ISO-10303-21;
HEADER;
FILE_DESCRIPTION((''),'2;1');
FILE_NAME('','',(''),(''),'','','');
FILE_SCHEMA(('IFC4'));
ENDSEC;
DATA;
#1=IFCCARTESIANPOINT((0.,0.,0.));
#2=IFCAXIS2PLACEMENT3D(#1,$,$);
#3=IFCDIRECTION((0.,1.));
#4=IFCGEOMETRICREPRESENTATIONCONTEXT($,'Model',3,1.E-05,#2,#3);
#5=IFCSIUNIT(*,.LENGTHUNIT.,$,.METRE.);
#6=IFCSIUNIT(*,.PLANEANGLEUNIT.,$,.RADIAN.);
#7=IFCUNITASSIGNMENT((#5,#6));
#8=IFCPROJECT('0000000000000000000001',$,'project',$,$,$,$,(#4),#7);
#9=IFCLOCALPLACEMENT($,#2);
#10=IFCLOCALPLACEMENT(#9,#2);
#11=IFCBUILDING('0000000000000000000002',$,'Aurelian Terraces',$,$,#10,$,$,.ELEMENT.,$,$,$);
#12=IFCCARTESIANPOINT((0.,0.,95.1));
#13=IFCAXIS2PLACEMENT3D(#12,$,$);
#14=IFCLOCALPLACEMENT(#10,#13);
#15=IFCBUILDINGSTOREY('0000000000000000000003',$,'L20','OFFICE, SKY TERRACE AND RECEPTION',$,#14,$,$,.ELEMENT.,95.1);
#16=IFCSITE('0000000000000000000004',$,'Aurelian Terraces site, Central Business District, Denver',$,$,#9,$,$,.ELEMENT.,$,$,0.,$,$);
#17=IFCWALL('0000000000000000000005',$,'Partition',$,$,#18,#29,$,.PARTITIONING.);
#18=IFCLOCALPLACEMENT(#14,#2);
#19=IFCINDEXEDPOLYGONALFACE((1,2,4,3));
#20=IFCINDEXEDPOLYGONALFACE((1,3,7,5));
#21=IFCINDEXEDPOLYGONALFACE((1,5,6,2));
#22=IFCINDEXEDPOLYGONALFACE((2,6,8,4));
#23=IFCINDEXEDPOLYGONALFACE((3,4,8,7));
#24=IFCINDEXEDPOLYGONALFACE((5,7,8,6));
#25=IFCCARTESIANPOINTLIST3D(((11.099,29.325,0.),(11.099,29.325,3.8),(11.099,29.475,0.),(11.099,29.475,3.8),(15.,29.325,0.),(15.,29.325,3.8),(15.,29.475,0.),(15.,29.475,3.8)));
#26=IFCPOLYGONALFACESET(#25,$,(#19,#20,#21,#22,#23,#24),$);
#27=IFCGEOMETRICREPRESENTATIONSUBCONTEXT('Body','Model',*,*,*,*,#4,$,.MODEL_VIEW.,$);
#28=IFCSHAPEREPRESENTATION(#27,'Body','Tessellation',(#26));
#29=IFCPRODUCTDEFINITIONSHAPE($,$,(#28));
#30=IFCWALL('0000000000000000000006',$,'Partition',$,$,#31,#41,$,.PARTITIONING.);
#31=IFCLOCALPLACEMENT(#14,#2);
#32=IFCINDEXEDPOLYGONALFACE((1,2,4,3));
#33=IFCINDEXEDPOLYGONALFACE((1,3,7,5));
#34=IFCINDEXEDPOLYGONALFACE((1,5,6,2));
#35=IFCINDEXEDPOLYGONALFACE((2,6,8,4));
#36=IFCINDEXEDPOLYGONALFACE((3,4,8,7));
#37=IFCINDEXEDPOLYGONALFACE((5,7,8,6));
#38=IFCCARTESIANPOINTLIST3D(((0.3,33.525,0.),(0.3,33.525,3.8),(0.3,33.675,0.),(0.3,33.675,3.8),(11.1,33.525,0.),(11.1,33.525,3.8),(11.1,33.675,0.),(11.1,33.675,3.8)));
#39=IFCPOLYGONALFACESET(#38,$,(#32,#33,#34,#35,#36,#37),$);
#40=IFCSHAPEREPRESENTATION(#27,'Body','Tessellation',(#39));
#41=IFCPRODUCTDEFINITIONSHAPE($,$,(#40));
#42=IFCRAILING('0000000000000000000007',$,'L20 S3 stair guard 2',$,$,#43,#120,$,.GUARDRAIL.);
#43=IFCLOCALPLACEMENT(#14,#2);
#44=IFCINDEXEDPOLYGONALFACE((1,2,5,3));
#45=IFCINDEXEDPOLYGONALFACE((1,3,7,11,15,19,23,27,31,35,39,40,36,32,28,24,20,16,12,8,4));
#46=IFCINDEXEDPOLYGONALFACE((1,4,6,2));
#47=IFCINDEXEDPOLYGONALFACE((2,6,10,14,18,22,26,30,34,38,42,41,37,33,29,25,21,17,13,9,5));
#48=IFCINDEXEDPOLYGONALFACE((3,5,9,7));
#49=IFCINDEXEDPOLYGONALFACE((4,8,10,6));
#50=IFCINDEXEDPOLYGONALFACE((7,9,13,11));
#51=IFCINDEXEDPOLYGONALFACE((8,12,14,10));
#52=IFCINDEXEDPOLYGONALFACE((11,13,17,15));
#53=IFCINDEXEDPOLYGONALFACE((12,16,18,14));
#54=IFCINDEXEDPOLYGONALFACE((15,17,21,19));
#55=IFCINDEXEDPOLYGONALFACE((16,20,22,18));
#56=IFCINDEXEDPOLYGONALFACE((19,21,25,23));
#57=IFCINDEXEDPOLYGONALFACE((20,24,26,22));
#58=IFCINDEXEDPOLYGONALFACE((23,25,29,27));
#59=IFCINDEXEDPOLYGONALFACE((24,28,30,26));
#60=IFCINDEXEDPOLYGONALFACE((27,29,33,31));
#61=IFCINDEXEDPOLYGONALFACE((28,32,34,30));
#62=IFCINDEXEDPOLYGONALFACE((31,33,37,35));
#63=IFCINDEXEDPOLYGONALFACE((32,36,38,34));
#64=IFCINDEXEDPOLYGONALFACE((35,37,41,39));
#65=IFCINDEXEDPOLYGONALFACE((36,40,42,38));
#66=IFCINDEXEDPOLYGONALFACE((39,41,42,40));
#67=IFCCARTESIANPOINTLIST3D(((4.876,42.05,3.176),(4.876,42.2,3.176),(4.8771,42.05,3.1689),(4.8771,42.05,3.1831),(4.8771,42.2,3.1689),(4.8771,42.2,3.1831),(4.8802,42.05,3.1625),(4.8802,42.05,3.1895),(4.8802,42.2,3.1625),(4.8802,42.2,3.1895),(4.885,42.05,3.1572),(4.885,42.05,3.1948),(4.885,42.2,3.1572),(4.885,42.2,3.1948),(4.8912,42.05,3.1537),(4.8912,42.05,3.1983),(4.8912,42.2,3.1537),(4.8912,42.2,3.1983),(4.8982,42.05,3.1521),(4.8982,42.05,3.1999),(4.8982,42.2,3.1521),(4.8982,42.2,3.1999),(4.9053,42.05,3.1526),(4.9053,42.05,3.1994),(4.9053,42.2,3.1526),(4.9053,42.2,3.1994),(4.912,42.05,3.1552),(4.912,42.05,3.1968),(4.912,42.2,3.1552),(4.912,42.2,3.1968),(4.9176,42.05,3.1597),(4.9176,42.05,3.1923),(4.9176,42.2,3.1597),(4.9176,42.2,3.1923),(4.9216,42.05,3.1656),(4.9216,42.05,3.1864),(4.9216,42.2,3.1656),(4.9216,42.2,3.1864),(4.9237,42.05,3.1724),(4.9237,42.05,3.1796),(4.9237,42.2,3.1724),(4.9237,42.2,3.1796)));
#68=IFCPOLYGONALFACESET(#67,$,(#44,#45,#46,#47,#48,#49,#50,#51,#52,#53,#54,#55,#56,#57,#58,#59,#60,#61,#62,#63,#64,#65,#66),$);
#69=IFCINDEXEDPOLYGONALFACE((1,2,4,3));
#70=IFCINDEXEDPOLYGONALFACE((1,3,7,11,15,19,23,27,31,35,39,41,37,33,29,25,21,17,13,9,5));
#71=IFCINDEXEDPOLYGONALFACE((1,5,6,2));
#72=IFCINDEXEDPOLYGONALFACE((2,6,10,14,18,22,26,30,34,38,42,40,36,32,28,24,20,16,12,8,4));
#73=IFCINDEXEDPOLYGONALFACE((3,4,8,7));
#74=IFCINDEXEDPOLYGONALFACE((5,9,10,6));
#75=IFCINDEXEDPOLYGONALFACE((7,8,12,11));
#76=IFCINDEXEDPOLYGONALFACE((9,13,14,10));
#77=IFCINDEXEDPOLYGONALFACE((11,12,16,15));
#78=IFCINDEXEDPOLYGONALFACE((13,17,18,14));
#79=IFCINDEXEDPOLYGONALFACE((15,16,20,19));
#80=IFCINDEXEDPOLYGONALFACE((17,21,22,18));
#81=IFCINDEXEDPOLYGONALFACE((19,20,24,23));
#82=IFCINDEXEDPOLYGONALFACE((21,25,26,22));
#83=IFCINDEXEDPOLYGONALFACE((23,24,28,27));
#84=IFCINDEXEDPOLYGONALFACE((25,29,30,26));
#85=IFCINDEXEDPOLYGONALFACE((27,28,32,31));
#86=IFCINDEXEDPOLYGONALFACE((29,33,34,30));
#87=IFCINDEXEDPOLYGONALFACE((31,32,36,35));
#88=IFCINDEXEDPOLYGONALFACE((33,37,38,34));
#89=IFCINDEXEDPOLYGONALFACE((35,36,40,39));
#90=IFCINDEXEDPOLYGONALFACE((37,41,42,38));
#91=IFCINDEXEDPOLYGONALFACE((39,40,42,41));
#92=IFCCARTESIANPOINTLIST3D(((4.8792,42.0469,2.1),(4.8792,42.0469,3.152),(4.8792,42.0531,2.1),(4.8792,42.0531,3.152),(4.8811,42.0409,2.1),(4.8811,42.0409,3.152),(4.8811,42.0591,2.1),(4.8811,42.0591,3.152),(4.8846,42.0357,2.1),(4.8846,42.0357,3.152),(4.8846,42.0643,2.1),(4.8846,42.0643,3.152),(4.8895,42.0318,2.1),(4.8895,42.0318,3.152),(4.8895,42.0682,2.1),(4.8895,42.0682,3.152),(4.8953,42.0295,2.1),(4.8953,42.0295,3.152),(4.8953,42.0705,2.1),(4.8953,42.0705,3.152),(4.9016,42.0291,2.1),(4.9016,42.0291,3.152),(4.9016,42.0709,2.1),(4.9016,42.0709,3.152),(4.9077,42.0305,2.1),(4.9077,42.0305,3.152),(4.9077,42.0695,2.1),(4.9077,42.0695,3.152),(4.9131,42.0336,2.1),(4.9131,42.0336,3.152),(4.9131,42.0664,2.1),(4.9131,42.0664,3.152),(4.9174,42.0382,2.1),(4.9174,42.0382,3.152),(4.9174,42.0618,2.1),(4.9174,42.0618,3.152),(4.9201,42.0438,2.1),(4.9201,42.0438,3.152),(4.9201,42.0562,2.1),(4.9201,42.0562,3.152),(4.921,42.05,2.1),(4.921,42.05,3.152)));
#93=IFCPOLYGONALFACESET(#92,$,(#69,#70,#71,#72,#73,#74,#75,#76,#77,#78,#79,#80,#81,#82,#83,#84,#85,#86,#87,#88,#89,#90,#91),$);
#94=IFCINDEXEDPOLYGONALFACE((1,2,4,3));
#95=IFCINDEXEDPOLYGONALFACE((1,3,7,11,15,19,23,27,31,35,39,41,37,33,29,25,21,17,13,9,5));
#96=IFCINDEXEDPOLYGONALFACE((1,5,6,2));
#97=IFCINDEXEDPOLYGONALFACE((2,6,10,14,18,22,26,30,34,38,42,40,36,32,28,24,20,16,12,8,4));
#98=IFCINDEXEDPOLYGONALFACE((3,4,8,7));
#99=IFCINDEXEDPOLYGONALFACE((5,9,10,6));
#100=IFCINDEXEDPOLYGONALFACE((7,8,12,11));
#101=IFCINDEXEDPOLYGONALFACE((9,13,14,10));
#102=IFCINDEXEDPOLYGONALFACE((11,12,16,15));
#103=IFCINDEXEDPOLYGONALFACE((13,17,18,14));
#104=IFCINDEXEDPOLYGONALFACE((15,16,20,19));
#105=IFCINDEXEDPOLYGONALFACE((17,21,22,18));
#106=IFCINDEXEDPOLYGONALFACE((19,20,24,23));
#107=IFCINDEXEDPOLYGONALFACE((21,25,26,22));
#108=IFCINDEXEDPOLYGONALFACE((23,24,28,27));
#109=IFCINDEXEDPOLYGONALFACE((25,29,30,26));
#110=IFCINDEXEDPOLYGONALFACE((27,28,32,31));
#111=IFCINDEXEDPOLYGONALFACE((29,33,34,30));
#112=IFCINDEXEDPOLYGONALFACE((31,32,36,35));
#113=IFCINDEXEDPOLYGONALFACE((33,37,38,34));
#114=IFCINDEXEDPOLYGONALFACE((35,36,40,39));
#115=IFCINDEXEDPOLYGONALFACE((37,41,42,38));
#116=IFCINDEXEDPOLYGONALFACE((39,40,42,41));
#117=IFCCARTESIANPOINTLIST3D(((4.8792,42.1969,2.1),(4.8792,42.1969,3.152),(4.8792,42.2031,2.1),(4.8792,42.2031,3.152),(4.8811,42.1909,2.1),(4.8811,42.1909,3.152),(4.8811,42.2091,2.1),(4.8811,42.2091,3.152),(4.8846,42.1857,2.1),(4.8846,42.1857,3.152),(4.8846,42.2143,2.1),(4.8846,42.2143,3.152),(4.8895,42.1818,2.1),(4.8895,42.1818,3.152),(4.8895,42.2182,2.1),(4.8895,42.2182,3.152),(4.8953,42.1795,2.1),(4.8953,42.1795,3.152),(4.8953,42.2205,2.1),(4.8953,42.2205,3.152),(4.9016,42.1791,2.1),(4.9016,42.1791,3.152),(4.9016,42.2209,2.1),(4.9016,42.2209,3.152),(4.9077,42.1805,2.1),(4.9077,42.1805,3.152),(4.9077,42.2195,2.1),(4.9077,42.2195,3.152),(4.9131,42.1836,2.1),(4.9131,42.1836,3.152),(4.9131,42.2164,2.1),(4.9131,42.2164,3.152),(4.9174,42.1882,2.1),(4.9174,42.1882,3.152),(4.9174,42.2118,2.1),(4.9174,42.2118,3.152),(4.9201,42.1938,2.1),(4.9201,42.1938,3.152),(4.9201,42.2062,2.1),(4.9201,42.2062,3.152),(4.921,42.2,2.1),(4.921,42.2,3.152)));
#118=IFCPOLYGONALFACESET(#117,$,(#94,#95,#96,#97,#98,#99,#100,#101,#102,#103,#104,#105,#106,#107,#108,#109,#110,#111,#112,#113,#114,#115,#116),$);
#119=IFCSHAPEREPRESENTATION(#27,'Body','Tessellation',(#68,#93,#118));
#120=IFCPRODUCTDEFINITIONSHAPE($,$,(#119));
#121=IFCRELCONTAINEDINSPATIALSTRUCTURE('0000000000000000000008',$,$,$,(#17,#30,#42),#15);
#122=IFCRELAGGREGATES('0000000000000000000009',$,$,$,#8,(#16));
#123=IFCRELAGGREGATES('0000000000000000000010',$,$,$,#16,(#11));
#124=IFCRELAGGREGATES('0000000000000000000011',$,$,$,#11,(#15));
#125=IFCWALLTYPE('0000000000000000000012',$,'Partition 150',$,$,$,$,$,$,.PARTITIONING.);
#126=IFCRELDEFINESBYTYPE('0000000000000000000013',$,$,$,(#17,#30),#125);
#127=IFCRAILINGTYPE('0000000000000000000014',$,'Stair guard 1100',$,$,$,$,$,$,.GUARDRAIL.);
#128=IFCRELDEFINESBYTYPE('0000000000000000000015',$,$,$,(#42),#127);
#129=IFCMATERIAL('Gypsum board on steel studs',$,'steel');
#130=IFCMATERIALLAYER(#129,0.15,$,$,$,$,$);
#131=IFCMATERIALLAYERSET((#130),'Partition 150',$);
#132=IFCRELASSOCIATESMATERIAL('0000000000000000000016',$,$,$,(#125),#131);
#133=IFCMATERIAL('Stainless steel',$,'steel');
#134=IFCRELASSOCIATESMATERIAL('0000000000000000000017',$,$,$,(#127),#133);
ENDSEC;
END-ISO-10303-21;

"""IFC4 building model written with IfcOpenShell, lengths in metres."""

from ifc_helpers import new_model, si_unit, direction, frame, frame_2d, origin, origin_2d, place, context, subcontext, project, spatial, rectangle, circle, extrude, source, transform, mapped, material, layer, layer_set, type_object, element, save


model = new_model("IFC4")

# Units and contexts
model_context = context("Model", 3, precision=1e-05, world=origin(), true_north=direction((0.0, 1.0)))
body_context = subcontext(model_context, "Body", "Model", "MODEL_VIEW")
ifc_project = project(units=[si_unit("LENGTHUNIT", "METRE"), si_unit("PLANEANGLEUNIT", "RADIAN")], contexts=[model_context])

# Site, building, storey
site_placement = place(None, origin())
site = spatial("IfcSite", under=ifc_project, at=site_placement, Name="Aurelian Terraces site, Central Business District, Denver", CompositionType="ELEMENT", RefElevation=0.0)
building_placement = place(site_placement, origin())
building = spatial("IfcBuilding", under=site, at=building_placement, Name="Aurelian Terraces", CompositionType="ELEMENT")
storey_placement = place(building_placement, frame((0.0, 0.0, 95.1)))
storey = spatial("IfcBuildingStorey", under=building, at=storey_placement, Name="L20", Description="OFFICE, SKY TERRACE AND RECEPTION", CompositionType="ELEMENT", Elevation=95.1)

# Shared definitions
ifc_material_1 = material(Name="Gypsum board on steel studs", Category="steel")

# Shared definitions
ifc_layer_1 = layer(ifc_material_1, 0.15)
ifc_layer_set_1 = layer_set([ifc_layer_1], Name="Partition 150")
wall_type_1 = type_object("IfcWallType", Name="Partition 150", PredefinedType="PARTITIONING", material=ifc_layer_set_1)

# Walls
shared_shape_1 = source(origin(), body_context, "Body", "SweptSolid", [
    extrude(rectangle(XDim=3.901, YDim=0.15, at=frame_2d((1.9505, 0.0))), origin(), (0.0, 0.0, 1.0), 3.8),
])
wall_1_placement = place(storey_placement, frame((15.0, 29.4, 0.0), z_axis=(0.0, 0.0, 1.0), x_axis=(-1.0, 0.0, 0.0)))
element("IfcWall", 1, at=wall_1_placement, inside=storey, type_object=wall_type_1, Name="Partition", PredefinedType="PARTITIONING", context=body_context, shape_type="MappedRepresentation", body=[
    mapped(shared_shape_1, transform((0.0, 0.0, 0.0), scale=1.0)),
])
shared_shape_2 = source(origin(), body_context, "Body", "SweptSolid", [
    extrude(rectangle(XDim=10.8, YDim=0.15, at=frame_2d((5.4, 0.0))), origin(), (0.0, 0.0, 1.0), 3.8),
])
wall_2_placement = place(storey_placement, frame((11.1, 33.6, 0.0), z_axis=(0.0, 0.0, 1.0), x_axis=(-1.0, 0.0, 0.0)))
element("IfcWall", 2, at=wall_2_placement, inside=storey, type_object=wall_type_1, Name="Partition", PredefinedType="PARTITIONING", context=body_context, shape_type="MappedRepresentation", body=[
    mapped(shared_shape_2, transform((0.0, 0.0, 0.0), scale=1.0)),
])

# Railing
ifc_material_2 = material(Name="Stainless steel", Category="steel")
railing_type = type_object("IfcRailingType", Name="Stair guard 1100", PredefinedType="GUARDRAIL", material=ifc_material_2)
shared_shape_3 = source(origin(), body_context, "Body", "SweptSolid", [
    extrude(circle(Radius=0.024, at=origin_2d()), frame((0.0, 0.0, 1.076), z_axis=(0.0, 1.0, 0.0), x_axis=(-1.0, 0.0, 0.0)), (0.0, 0.0, 1.0), 0.15),
    extrude(circle(Radius=0.021, at=origin_2d()), origin(), (0.0, 0.0, 1.0), 1.052),
    extrude(circle(Radius=0.021, at=origin_2d()), frame((0.0, 0.15, 0.0)), (0.0, 0.0, 1.0), 1.052),
])
railing_placement = place(storey_placement, frame((4.9, 42.05, 2.1)))
element("IfcRailing", 3, at=railing_placement, inside=storey, type_object=railing_type, Name="L20 S3 stair guard 2", PredefinedType="GUARDRAIL", context=body_context, shape_type="MappedRepresentation", body=[
    mapped(shared_shape_3, transform((0.0, 0.0, 0.0), scale=1.0)),
])

save(model, "model.ifc")
